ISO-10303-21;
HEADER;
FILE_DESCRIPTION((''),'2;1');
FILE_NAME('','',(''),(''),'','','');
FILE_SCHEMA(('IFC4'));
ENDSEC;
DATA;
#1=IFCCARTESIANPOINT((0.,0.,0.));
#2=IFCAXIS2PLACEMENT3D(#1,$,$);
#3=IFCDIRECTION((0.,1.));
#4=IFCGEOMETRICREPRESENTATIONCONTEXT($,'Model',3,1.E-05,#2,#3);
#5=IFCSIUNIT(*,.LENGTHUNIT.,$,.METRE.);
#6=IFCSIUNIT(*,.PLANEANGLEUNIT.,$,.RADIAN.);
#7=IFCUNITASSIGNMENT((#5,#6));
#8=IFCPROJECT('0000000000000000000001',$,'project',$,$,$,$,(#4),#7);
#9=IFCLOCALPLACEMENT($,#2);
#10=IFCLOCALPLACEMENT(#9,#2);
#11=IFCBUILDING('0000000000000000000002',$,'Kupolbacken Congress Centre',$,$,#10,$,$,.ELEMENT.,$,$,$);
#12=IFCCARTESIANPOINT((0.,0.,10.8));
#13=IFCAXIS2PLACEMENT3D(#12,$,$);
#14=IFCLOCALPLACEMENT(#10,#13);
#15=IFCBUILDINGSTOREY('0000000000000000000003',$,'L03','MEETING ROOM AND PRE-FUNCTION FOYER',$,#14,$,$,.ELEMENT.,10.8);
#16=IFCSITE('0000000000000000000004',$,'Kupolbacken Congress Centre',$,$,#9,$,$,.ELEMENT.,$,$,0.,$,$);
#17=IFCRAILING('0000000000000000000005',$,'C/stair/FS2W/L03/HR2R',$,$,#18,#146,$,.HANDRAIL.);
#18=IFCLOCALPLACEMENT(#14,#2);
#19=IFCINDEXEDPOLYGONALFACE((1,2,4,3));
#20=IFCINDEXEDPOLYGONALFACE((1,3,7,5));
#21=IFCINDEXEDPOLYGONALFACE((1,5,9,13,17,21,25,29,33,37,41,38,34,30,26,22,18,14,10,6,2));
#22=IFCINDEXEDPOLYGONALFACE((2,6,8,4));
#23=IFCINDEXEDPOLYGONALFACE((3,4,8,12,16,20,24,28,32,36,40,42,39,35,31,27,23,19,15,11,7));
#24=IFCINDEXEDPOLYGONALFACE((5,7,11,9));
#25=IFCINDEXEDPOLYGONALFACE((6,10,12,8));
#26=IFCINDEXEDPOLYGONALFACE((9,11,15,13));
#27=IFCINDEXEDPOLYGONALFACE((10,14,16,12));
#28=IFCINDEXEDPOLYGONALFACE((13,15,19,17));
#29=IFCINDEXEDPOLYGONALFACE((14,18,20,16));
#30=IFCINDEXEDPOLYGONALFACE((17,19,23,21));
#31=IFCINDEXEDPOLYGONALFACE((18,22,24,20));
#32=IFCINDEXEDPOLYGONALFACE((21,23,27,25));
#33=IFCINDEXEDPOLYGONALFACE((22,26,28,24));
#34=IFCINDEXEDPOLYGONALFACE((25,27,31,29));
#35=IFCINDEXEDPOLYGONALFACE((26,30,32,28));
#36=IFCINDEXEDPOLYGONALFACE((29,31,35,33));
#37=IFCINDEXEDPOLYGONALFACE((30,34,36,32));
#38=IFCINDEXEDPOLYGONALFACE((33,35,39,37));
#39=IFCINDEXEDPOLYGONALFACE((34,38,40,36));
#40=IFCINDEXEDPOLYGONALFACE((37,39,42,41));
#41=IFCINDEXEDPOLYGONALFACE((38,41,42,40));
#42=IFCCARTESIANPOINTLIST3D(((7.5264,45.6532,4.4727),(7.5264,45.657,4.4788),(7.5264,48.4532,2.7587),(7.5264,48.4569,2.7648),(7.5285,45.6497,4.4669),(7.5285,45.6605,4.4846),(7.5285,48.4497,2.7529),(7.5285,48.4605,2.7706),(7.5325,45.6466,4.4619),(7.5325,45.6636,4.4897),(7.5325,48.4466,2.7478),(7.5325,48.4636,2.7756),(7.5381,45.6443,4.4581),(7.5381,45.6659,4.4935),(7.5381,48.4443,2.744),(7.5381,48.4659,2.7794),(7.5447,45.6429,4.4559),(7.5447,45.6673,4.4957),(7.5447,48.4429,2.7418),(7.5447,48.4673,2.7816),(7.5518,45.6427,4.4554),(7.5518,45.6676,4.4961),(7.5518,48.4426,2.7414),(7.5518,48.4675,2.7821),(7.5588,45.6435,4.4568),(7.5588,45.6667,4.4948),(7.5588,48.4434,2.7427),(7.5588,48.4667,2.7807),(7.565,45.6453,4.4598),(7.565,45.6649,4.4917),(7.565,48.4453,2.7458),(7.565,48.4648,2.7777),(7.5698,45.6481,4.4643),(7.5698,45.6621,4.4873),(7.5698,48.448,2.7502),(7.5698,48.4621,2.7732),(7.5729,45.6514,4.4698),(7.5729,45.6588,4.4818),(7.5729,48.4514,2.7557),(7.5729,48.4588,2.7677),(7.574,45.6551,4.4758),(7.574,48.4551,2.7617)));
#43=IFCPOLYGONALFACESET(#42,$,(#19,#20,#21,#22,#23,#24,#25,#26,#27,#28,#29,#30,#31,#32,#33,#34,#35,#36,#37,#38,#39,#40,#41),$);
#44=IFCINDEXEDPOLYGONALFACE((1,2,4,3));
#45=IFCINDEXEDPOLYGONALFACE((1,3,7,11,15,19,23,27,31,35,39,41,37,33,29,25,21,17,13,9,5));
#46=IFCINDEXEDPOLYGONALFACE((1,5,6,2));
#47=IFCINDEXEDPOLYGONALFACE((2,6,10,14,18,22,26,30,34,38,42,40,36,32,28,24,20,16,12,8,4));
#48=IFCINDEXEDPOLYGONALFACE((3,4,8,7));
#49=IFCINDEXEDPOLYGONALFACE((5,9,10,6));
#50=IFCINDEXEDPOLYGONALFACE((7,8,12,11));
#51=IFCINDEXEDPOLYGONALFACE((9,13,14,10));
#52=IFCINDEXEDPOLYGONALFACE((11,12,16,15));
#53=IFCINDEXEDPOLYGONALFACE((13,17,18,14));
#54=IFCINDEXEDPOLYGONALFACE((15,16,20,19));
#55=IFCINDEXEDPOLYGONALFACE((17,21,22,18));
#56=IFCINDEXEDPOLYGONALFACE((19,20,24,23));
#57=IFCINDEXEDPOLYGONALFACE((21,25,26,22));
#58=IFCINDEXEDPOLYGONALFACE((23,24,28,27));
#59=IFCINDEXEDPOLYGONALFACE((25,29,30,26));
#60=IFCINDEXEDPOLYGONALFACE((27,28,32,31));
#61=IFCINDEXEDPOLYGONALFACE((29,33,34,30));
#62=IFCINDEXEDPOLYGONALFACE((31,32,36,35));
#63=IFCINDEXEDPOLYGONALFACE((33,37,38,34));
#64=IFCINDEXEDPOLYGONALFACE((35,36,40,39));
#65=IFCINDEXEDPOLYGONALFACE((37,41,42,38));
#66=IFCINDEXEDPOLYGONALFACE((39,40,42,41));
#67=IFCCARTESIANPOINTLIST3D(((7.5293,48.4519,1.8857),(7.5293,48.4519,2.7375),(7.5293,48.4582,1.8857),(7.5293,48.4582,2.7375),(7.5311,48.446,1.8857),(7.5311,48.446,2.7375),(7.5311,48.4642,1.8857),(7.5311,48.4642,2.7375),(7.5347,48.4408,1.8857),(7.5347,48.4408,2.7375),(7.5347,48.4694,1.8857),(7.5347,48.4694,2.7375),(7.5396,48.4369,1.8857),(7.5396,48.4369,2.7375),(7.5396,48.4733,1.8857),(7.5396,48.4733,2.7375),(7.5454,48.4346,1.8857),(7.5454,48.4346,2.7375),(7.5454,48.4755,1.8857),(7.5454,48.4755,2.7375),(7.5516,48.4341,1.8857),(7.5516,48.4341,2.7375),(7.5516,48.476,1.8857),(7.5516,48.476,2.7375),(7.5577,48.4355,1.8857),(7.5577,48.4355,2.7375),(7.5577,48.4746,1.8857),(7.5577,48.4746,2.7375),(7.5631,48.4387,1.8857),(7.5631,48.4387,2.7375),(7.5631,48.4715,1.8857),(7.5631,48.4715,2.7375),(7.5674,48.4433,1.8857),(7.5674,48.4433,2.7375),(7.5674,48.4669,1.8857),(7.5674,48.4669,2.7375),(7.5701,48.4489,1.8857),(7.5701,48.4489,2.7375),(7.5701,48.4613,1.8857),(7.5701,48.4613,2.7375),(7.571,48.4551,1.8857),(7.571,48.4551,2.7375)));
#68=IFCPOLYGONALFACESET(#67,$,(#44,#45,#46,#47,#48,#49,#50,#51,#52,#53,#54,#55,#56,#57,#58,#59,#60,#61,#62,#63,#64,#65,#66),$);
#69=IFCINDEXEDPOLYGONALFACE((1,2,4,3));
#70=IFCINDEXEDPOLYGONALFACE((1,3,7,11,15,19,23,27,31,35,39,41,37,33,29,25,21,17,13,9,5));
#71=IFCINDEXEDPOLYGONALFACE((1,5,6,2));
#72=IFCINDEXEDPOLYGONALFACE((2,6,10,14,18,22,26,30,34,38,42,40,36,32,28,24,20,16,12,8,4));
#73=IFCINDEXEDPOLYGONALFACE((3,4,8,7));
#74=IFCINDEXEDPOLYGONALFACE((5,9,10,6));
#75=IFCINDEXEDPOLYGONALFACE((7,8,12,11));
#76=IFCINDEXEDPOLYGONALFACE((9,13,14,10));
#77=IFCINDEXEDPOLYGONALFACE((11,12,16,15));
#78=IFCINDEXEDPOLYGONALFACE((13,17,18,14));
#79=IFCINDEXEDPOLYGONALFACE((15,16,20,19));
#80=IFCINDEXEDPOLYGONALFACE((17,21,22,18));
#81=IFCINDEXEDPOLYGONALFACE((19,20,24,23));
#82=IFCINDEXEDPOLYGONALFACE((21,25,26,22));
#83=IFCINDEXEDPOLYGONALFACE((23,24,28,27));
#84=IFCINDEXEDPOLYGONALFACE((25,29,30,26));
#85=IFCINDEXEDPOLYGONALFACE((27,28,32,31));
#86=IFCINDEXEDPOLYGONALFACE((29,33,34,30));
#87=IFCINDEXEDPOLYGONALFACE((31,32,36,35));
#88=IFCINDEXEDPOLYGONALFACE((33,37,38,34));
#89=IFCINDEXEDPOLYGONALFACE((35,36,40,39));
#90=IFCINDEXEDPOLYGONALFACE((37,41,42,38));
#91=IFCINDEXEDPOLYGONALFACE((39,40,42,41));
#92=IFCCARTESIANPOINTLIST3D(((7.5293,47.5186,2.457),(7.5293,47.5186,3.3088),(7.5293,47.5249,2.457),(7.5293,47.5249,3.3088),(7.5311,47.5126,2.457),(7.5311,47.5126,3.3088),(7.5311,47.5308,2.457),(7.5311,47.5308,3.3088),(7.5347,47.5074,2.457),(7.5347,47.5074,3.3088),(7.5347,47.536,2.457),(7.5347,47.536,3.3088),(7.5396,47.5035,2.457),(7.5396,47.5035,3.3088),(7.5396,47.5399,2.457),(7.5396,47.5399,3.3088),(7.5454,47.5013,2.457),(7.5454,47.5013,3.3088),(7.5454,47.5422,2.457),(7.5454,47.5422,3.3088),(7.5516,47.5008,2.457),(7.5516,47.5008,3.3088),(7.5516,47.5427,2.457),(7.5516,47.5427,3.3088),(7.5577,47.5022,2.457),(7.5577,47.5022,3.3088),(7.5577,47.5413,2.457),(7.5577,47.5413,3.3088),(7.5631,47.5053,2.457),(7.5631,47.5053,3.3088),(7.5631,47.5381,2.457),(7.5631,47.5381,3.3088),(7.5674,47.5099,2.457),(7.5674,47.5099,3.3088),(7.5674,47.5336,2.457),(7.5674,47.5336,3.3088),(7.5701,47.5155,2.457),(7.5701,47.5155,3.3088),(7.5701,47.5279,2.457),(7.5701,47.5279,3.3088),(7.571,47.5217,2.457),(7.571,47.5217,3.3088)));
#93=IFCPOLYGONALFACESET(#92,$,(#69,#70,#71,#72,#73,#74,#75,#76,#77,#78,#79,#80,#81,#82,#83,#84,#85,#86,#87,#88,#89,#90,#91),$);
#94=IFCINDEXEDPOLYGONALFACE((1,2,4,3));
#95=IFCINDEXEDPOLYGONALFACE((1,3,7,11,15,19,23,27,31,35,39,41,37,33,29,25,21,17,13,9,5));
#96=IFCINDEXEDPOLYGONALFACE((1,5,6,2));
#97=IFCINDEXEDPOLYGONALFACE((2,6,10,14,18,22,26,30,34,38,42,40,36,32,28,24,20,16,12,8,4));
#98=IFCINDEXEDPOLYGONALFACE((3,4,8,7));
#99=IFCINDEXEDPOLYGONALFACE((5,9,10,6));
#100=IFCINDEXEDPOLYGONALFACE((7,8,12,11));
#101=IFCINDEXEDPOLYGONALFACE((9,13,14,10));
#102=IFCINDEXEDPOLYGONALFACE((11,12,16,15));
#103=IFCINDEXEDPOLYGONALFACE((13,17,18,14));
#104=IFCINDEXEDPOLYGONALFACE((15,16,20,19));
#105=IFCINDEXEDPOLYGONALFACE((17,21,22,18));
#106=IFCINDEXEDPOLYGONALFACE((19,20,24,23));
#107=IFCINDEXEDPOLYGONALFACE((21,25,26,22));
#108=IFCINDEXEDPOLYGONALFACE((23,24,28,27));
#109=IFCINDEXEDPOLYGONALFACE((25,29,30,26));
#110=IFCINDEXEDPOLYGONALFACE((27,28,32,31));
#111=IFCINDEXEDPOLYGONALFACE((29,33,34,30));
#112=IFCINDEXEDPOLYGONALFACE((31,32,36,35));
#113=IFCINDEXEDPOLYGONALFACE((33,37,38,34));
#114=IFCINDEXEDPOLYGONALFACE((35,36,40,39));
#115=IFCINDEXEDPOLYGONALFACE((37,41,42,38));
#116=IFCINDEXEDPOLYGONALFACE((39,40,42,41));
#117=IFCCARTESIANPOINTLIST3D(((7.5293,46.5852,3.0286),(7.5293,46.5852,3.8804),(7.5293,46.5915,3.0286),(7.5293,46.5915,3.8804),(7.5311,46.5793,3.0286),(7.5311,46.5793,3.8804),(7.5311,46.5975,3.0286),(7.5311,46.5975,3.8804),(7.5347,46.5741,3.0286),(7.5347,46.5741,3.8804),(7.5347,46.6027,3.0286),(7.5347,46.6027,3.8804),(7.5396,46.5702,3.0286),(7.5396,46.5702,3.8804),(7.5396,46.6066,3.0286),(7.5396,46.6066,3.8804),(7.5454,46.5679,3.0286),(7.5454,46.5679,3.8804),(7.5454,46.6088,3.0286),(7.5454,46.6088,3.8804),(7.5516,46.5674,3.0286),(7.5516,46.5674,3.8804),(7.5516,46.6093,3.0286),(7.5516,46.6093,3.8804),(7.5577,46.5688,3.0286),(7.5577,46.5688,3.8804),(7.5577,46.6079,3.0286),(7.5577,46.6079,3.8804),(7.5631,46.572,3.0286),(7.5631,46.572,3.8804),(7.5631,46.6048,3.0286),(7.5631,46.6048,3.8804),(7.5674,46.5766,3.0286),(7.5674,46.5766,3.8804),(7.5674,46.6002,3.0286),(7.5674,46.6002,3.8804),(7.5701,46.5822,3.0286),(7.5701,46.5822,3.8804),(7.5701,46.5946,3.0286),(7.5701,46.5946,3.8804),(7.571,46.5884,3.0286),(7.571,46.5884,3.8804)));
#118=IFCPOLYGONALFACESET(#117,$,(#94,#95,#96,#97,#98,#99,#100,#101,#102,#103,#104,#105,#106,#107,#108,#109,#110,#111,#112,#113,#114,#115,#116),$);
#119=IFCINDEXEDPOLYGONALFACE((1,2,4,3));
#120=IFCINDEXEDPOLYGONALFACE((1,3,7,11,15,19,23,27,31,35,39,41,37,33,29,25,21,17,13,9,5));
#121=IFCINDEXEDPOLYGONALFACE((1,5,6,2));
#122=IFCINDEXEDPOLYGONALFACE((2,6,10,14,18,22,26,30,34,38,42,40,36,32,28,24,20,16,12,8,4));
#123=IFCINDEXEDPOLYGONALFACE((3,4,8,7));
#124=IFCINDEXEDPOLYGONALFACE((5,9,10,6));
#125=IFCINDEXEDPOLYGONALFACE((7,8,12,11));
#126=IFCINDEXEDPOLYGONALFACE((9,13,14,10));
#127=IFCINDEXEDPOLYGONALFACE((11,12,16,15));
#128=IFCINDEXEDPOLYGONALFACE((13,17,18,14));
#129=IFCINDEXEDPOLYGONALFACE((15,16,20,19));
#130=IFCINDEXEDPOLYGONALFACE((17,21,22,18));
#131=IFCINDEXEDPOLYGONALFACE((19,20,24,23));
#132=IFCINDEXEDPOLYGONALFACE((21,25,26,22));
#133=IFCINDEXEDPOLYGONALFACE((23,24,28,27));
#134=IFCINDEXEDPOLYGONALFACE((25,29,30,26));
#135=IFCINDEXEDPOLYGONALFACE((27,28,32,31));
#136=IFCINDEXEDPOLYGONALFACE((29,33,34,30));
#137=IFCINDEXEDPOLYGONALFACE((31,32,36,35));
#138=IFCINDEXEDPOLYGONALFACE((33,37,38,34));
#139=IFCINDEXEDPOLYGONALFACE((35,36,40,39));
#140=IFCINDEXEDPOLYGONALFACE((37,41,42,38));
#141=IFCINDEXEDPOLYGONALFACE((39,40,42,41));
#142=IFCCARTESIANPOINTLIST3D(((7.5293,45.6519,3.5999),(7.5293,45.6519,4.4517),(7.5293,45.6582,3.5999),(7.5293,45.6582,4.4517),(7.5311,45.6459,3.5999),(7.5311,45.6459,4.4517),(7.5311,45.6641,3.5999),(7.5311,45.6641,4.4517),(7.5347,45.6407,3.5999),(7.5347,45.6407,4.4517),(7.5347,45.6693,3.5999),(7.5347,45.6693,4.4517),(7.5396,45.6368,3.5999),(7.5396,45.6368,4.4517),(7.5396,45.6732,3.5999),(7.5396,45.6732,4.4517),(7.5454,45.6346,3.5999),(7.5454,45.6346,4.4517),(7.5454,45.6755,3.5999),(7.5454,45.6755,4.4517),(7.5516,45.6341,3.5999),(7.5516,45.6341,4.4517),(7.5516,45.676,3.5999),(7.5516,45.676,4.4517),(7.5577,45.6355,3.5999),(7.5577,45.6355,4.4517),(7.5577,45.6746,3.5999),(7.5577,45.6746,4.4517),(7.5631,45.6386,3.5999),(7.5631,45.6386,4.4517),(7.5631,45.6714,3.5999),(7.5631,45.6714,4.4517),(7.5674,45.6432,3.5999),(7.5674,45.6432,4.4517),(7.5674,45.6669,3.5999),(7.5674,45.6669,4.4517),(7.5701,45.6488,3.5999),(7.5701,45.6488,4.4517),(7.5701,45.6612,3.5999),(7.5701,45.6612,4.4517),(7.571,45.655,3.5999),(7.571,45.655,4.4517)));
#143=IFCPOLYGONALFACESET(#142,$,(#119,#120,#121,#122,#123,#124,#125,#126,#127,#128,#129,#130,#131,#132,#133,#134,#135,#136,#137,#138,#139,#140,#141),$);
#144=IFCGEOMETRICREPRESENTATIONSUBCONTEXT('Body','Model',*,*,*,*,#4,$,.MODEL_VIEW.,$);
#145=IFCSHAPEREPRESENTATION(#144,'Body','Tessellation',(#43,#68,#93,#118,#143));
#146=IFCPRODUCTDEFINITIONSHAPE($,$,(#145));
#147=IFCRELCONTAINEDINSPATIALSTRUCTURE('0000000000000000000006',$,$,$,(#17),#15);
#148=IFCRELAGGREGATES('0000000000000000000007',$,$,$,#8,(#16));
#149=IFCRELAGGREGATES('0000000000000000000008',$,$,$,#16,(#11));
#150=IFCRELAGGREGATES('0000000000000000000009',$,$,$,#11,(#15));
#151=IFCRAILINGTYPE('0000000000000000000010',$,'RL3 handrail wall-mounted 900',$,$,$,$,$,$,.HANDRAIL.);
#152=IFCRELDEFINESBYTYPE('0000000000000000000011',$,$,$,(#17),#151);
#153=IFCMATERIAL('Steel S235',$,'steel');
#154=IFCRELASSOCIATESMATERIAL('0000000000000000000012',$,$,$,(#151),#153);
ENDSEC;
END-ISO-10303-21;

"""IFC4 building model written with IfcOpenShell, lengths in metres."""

from ifc_helpers import new_model, si_unit, direction, frame, origin, origin_2d, place, context, subcontext, project, spatial, circle, extrude, material, type_object, element, save


model = new_model("IFC4")

# Units and contexts
model_context = context("Model", 3, precision=1e-05, world=origin(), true_north=direction((0.0, 1.0)))
body_context = subcontext(model_context, "Body", "Model", "MODEL_VIEW")
ifc_project = project(units=[si_unit("LENGTHUNIT", "METRE"), si_unit("PLANEANGLEUNIT", "RADIAN")], contexts=[model_context])

# Site, building, storey
site_placement = place(None, origin())
site = spatial("IfcSite", under=ifc_project, at=site_placement, Name="Kupolbacken Congress Centre", CompositionType="ELEMENT", RefElevation=0.0)
building_placement = place(site_placement, origin())
building = spatial("IfcBuilding", under=site, at=building_placement, Name="Kupolbacken Congress Centre", CompositionType="ELEMENT")
storey_placement = place(building_placement, frame((0.0, 0.0, 10.8)))
storey = spatial("IfcBuildingStorey", under=building, at=storey_placement, Name="L03", Description="MEETING ROOM AND PRE-FUNCTION FOYER", CompositionType="ELEMENT", Elevation=10.8)

# Railing
ifc_material_1 = material(Name="Steel S235", Category="steel")
railing_type = type_object("IfcRailingType", Name="RL3 handrail wall-mounted 900", PredefinedType="HANDRAIL", material=ifc_material_1)
for number, where, name in (
    (1, (7.55, 48.4551, 1.8857), "C/stair/FS2W/L03/HR2R"),
):
    element("IfcRailing", number, at=place(storey_placement, frame(where)), inside=storey, type_object=railing_type, Name=name, PredefinedType="HANDRAIL", context=body_context, shape_type="SweptSolid", body=[
        extrude(circle(Radius=0.0239, at=origin_2d()), frame((0.0, 0.0, 0.876), z_axis=(0.0, -0.852879, 0.522109), x_axis=(1.0, 0.0, 0.0)), (0.0, 0.0, 1.0), 3.283),
        extrude(circle(Radius=0.021, at=origin_2d()), origin(), (0.0, 0.0, 1.0), 0.8518),
        extrude(circle(Radius=0.021, at=origin_2d()), frame((0.0, -0.9333, 0.5713)), (0.0, 0.0, 1.0), 0.8518),
        extrude(circle(Radius=0.021, at=origin_2d()), frame((0.0, -1.8667, 1.1428)), (0.0, 0.0, 1.0), 0.8518),
        extrude(circle(Radius=0.021, at=origin_2d()), frame((0.0, -2.8, 1.7141)), (0.0, 0.0, 1.0), 0.8518),
    ])

save(model, "model.ifc")
